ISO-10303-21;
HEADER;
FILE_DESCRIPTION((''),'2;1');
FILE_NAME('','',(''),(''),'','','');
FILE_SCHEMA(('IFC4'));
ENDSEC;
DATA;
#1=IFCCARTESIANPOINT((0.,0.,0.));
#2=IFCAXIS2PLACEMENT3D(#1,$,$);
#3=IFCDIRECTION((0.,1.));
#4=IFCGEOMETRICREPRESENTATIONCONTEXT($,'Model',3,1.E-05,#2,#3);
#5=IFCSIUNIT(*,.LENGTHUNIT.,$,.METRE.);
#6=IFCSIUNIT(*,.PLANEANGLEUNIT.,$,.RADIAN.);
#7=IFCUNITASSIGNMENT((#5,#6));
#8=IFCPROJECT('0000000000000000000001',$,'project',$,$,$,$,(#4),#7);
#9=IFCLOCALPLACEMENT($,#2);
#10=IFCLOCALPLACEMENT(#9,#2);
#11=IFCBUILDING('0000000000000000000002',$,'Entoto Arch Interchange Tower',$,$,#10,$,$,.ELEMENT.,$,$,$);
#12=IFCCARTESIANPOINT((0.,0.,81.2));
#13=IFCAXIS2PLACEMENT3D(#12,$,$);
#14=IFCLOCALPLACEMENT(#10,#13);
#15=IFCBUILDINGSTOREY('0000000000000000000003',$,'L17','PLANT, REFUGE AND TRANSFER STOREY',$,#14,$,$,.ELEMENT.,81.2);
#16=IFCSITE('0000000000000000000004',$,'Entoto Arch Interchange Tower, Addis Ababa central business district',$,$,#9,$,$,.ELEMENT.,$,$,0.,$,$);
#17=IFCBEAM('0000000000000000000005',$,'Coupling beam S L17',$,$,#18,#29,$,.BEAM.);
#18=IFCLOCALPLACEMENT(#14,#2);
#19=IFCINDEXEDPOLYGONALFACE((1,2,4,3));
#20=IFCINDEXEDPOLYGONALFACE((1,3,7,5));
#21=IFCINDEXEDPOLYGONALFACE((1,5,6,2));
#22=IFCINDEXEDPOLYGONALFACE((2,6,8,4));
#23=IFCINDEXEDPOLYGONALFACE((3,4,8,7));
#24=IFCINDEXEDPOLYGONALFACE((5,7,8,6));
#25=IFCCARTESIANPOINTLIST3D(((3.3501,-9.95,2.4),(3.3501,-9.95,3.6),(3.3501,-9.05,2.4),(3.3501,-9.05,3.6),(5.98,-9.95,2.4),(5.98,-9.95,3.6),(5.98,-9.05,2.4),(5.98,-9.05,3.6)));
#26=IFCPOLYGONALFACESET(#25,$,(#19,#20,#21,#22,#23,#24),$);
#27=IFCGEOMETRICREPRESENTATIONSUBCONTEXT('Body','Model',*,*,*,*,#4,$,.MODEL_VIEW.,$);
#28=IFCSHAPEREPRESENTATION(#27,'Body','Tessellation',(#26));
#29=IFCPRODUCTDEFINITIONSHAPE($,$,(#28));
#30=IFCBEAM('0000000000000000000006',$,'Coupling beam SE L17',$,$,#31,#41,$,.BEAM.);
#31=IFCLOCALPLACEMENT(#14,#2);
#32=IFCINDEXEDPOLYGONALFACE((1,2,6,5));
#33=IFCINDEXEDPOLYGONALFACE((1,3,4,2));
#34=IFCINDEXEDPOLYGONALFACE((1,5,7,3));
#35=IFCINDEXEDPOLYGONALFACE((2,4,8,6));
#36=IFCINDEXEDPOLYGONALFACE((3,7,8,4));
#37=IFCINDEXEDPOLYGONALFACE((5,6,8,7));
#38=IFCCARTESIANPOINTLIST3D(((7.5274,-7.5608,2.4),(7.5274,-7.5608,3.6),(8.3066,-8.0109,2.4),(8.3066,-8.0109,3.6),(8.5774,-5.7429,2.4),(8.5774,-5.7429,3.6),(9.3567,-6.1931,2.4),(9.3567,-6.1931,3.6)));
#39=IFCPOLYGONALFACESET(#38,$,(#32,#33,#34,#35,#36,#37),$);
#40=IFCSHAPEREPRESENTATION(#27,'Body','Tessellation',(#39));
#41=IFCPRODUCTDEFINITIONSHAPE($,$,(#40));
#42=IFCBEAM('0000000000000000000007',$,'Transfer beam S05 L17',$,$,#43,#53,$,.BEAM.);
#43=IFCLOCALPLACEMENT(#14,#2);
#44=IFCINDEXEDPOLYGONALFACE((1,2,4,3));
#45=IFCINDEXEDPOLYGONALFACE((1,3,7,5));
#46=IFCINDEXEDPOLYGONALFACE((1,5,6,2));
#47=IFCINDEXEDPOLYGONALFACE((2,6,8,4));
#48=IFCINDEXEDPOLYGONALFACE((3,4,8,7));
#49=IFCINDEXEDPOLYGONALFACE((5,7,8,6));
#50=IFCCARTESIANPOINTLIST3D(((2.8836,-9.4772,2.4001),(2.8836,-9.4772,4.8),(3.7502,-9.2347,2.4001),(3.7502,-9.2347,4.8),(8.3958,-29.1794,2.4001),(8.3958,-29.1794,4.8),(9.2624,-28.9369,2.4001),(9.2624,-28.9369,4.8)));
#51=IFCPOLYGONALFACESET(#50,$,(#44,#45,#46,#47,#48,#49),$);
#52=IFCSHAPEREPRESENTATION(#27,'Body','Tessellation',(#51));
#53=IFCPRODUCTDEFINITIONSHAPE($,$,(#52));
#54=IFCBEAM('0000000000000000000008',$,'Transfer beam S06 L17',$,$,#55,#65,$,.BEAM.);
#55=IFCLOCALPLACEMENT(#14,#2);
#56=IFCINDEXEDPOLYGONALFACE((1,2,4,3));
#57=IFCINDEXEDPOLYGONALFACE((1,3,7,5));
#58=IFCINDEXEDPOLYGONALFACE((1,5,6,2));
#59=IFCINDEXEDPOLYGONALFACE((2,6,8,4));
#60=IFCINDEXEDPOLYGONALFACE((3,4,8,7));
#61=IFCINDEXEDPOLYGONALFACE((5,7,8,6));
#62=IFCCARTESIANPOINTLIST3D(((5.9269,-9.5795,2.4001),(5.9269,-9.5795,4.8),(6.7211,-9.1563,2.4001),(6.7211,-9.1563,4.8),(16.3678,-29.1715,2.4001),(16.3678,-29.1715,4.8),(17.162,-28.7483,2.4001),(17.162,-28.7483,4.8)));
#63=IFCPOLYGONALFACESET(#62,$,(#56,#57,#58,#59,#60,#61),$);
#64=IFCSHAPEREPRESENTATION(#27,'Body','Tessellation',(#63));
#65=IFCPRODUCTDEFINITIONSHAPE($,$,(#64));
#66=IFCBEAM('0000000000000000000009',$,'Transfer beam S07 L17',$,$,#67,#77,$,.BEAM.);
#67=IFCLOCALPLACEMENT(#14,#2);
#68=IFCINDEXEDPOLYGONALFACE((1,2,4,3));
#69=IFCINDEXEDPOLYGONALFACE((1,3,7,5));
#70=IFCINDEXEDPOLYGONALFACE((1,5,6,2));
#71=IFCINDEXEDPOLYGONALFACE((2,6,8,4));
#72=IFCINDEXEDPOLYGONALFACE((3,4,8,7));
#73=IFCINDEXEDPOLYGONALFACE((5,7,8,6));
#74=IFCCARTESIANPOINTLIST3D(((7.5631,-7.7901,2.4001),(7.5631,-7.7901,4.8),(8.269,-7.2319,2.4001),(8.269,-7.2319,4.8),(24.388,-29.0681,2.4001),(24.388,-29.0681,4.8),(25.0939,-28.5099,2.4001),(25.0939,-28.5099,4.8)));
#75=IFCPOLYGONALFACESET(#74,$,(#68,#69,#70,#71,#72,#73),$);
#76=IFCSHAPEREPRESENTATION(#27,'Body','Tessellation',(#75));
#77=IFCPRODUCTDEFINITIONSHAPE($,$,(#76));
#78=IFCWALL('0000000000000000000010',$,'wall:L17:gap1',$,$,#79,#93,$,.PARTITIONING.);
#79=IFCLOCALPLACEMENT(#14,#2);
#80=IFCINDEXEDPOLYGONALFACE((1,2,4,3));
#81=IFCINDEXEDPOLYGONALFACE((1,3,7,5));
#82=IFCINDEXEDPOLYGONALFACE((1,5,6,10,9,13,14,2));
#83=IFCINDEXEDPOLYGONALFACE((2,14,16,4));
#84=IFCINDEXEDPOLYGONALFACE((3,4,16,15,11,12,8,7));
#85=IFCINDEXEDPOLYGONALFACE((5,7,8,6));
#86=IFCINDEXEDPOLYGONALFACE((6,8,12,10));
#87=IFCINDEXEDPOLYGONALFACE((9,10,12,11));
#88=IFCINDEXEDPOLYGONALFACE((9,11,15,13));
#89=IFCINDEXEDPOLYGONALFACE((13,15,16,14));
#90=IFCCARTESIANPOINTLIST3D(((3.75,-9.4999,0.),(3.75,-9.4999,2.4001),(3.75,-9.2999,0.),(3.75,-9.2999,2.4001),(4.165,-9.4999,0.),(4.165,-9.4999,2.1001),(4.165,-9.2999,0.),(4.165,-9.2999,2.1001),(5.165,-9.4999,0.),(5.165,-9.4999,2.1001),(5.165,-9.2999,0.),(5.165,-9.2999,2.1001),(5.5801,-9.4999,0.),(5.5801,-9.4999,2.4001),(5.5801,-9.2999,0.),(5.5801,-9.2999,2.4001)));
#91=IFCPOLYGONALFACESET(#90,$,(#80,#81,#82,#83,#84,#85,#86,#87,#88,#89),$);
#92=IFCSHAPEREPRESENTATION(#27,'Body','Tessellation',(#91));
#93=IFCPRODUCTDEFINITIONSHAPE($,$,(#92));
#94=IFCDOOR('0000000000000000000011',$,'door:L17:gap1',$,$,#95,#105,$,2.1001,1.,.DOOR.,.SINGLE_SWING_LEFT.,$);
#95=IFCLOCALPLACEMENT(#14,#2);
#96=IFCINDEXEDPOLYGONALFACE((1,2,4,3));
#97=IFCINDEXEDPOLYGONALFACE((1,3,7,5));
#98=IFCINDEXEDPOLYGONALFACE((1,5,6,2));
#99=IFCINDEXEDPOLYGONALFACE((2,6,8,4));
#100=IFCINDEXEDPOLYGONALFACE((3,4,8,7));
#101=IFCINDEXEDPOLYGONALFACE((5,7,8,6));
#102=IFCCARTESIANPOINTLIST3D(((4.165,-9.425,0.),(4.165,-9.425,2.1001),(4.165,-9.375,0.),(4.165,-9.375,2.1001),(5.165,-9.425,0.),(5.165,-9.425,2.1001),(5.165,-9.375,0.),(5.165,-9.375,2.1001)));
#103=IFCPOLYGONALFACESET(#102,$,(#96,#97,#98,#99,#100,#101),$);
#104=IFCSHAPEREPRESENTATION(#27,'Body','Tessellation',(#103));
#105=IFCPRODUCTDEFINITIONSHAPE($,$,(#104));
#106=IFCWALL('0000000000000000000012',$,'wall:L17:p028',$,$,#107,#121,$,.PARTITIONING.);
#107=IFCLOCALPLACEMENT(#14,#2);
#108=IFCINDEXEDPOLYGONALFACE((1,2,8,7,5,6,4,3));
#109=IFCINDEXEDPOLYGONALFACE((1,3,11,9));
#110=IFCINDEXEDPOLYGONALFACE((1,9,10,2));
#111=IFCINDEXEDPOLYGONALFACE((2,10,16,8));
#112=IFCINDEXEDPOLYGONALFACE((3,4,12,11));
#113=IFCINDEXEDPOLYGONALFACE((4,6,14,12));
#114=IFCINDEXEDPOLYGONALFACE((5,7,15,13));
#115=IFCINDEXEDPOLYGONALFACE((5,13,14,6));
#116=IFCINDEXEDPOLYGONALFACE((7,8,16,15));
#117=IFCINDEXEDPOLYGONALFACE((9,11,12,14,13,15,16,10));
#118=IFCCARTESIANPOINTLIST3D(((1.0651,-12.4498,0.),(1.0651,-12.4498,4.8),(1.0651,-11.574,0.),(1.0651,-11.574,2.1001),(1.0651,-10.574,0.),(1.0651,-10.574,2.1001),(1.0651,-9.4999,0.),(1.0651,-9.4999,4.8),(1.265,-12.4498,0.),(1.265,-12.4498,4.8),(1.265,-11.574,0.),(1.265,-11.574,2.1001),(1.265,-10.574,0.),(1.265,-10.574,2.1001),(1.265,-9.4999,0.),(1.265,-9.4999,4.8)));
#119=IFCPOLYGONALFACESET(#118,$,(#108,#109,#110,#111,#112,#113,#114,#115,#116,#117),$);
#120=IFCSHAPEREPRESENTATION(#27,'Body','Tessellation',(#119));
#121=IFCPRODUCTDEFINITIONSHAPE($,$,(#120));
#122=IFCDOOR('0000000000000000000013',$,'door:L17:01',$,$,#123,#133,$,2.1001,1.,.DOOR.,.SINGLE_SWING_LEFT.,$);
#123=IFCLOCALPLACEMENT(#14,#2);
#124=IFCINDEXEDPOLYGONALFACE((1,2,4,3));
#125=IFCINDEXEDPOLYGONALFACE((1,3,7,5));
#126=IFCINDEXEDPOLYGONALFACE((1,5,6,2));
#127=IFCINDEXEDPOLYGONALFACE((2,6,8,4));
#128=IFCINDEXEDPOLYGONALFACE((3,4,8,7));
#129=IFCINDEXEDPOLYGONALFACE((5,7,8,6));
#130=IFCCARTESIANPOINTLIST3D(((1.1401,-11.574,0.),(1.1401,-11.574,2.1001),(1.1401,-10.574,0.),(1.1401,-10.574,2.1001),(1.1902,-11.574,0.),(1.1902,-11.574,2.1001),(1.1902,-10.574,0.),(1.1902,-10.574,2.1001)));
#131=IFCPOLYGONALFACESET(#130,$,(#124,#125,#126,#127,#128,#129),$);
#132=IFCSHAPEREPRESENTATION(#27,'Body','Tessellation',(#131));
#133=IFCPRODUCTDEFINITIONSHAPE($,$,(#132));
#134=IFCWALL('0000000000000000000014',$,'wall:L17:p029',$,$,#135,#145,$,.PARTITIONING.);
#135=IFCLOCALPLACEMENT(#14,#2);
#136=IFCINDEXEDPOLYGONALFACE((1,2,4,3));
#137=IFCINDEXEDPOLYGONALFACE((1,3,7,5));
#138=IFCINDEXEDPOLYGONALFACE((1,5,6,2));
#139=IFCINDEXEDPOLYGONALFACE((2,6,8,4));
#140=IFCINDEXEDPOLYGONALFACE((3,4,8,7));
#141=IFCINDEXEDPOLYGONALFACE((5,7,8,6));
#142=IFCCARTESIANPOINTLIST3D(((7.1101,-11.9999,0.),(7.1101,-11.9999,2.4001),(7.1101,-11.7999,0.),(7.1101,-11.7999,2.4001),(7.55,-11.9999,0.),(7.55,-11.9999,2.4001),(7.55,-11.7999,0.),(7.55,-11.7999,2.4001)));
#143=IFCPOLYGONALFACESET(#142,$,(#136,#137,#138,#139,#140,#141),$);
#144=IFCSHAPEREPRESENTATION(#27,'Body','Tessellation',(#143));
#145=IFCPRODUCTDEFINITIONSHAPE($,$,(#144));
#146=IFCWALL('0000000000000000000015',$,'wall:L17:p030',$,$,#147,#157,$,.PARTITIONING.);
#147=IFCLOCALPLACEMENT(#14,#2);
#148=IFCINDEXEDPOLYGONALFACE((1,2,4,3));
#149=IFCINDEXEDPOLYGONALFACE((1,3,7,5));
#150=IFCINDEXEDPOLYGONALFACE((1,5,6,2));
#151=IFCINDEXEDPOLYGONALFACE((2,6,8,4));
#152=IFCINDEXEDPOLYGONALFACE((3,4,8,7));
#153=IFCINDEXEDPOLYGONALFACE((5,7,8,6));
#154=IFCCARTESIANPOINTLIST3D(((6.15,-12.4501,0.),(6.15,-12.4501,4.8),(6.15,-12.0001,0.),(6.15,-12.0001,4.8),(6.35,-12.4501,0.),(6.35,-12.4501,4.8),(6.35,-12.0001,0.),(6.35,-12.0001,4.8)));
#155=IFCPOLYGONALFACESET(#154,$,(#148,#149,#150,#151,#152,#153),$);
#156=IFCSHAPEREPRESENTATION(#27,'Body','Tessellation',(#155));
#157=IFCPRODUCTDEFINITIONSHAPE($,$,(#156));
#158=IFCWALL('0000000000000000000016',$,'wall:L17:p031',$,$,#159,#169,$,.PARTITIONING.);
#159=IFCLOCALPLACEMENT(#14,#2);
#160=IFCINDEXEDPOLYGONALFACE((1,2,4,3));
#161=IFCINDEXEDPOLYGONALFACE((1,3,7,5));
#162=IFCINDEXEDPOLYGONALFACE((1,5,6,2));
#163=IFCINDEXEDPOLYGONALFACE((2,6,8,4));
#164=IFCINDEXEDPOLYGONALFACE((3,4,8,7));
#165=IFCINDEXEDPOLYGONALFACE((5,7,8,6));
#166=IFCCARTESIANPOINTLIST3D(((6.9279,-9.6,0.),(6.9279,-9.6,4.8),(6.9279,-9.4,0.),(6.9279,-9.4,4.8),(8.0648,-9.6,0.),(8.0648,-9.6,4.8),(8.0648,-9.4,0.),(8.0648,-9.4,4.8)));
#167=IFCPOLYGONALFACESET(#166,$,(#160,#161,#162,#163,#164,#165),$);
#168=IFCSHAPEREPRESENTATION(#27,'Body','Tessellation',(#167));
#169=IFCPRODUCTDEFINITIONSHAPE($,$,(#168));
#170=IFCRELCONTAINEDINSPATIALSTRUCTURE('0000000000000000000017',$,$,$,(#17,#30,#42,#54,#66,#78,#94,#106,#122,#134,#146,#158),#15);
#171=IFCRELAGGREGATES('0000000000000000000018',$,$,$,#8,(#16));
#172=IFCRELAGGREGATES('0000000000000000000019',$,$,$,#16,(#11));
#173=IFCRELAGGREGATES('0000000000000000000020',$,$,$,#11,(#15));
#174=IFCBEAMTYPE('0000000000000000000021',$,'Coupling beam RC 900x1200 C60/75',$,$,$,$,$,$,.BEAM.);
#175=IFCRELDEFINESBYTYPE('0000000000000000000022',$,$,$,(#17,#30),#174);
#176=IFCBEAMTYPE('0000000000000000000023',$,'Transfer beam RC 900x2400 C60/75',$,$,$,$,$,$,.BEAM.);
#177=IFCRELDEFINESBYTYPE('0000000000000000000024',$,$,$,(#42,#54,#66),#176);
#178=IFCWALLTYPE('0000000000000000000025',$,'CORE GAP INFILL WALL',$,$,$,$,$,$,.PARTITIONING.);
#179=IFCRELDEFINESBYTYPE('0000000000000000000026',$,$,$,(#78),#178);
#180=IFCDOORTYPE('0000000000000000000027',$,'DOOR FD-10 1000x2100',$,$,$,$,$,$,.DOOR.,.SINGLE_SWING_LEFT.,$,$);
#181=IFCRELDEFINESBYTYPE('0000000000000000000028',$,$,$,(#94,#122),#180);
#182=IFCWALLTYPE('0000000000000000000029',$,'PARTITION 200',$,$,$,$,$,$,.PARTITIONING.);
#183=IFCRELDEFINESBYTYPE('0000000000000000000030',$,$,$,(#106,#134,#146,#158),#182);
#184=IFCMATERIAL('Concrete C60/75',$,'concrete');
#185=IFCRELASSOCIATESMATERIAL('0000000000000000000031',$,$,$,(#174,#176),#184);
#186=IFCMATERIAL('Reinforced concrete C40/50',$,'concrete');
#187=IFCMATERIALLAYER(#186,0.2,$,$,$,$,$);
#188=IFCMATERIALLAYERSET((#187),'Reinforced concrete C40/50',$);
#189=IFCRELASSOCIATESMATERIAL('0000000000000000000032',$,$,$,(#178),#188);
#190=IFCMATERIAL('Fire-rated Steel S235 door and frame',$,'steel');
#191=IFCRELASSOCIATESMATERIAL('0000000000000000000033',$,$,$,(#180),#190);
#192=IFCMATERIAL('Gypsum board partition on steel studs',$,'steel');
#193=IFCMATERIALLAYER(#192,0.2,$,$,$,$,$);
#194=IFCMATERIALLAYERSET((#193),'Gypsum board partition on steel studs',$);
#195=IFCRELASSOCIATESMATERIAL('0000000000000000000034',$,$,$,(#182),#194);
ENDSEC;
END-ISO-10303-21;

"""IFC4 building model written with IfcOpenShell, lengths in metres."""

from ifc_helpers import new_model, si_unit, direction, frame, frame_2d, origin, origin_2d, place, context, subcontext, project, spatial, rectangle, extrude, material, layer, layer_set, material_profile, profile_set, type_object, element, fill, save


model = new_model("IFC4")

# Units and contexts
model_context = context("Model", 3, precision=1e-05, world=origin(), true_north=direction((0.0, 1.0)))
body_context = subcontext(model_context, "Body", "Model", "MODEL_VIEW")
ifc_project = project(units=[si_unit("LENGTHUNIT", "METRE"), si_unit("PLANEANGLEUNIT", "RADIAN")], contexts=[model_context])

# Site, building, storey
site_placement = place(None, origin())
site = spatial("IfcSite", under=ifc_project, at=site_placement, Name="Entoto Arch Interchange Tower, Addis Ababa central business district", CompositionType="ELEMENT", RefElevation=0.0)
building_placement = place(site_placement, origin())
building = spatial("IfcBuilding", under=site, at=building_placement, Name="Entoto Arch Interchange Tower", CompositionType="ELEMENT")
storey_placement = place(building_placement, frame((0.0, 0.0, 81.2)))
storey = spatial("IfcBuildingStorey", under=building, at=storey_placement, Name="L17", Description="PLANT, REFUGE AND TRANSFER STOREY", CompositionType="ELEMENT", Elevation=81.2)

# Beams
ifc_material_1 = material(Name="Concrete C60/75", Category="concrete")
ifc_material_profile_1 = material_profile(ifc_material_1, rectangle(XDim=0.8999, YDim=1.2, at=origin_2d()))
ifc_profile_set_1 = profile_set([ifc_material_profile_1], Name="Concrete C60/75")
beam_type_1 = type_object("IfcBeamType", Name="Coupling beam RC 900x1200 C60/75", PredefinedType="BEAM", material=ifc_profile_set_1)
beam_1_placement = place(storey_placement, frame((3.3501, -9.5, 3.0), z_axis=(1.0, 0.0, 0.0), x_axis=(0.0, 1.0, 0.0)))
element("IfcBeam", 1, at=beam_1_placement, inside=storey, type_object=beam_type_1, Name="Coupling beam S L17", PredefinedType="BEAM", context=body_context, shape_type="SweptSolid", body=[
    extrude(rectangle(XDim=0.8999, YDim=1.2, at=origin_2d()), origin(), (0.0, 0.0, 1.0), 2.6299),
])
beam_2_placement = place(storey_placement, frame((7.917, -7.7859, 3.0), z_axis=(0.500179, 0.865922, 0.0), x_axis=(-0.865922, 0.500179, 0.0)))
element("IfcBeam", 2, at=beam_2_placement, inside=storey, type_object=beam_type_1, Name="Coupling beam SE L17", PredefinedType="BEAM", context=body_context, shape_type="SweptSolid", body=[
    extrude(rectangle(XDim=0.8999, YDim=1.2, at=origin_2d()), origin(), (0.0, 0.0, 1.0), 2.0994),
])
ifc_material_profile_2 = material_profile(ifc_material_1, rectangle(XDim=0.8999, YDim=2.3999, at=origin_2d()))
ifc_profile_set_2 = profile_set([ifc_material_profile_2], Name="Concrete C60/75")
beam_type_2 = type_object("IfcBeamType", Name="Transfer beam RC 900x2400 C60/75", PredefinedType="BEAM", material=ifc_profile_set_2)
beam_3_placement = place(storey_placement, frame((3.3169, -9.356, 3.6001), z_axis=(0.269431, -0.96302, 0.0), x_axis=(0.96302, 0.269431, 0.0)))
element("IfcBeam", 3, at=beam_3_placement, inside=storey, type_object=beam_type_2, Name="Transfer beam S05 L17", PredefinedType="BEAM", context=body_context, shape_type="SweptSolid", body=[
    extrude(rectangle(XDim=0.8999, YDim=2.3999, at=origin_2d()), origin(), (0.0, 0.0, 1.0), 20.4587),
])
beam_4_placement = place(storey_placement, frame((6.324, -9.3679, 3.6001), z_axis=(0.470302, -0.882506, 0.0), x_axis=(0.882506, 0.470302, 0.0)))
element("IfcBeam", 4, at=beam_4_placement, inside=storey, type_object=beam_type_2, Name="Transfer beam S06 L17", PredefinedType="BEAM", context=body_context, shape_type="SweptSolid", body=[
    extrude(rectangle(XDim=0.8999, YDim=2.3999, at=origin_2d()), origin(), (0.0, 0.0, 1.0), 22.2004),
])
beam_5_placement = place(storey_placement, frame((7.916, -7.511, 3.6001), z_axis=(0.620245, -0.784408, 0.0), x_axis=(0.784408, 0.620245, 0.0)))
element("IfcBeam", 5, at=beam_5_placement, inside=storey, type_object=beam_type_2, Name="Transfer beam S07 L17", PredefinedType="BEAM", context=body_context, shape_type="SweptSolid", body=[
    extrude(rectangle(XDim=0.8999, YDim=2.3999, at=origin_2d()), origin(), (0.0, 0.0, 1.0), 27.1262),
])

# Walls, openings, doors
ifc_material_2 = material(Name="Reinforced concrete C40/50", Category="concrete")
ifc_layer_1 = layer(ifc_material_2, 0.2)
ifc_layer_set_1 = layer_set([ifc_layer_1], Name="Reinforced concrete C40/50")
wall_type_1 = type_object("IfcWallType", Name="CORE GAP INFILL WALL", PredefinedType="PARTITIONING", material=ifc_layer_set_1)
wall_1_placement = place(storey_placement, frame((3.75, -9.3999, 0.0), z_axis=(0.0, 0.0, 1.0), x_axis=(1.0, 0.0, 0.0)))
wall_1 = element("IfcWall", 6, at=wall_1_placement, inside=storey, type_object=wall_type_1, Name="wall:L17:gap1", PredefinedType="PARTITIONING", context=body_context, shape_type="SweptSolid", body=[
    extrude(rectangle(XDim=1.8301, YDim=0.2, at=frame_2d((0.915, 0.0))), origin(), (0.0, 0.0, 1.0), 2.4001),
])
opening_1_placement = place(wall_1_placement, frame((0.415, 0.0, 0.0)))
opening_1 = element("IfcOpeningElement", 7, at=opening_1_placement, cuts=wall_1, PredefinedType="OPENING", context=body_context, shape_type="SweptSolid", body=[
    extrude(rectangle(XDim=1.0, YDim=2.1001, at=frame_2d((0.5, 1.05))), frame((0.0, 0.1099, 0.0), z_axis=(0.0, -1.0, 0.0), x_axis=(1.0, 0.0, 0.0)), (0.0, 0.0, 1.0), 0.22),
])
ifc_material_3 = material(Name="Fire-rated Steel S235 door and frame", Category="steel")
door_type_1 = type_object("IfcDoorType", Name="DOOR FD-10 1000x2100", OperationType="SINGLE_SWING_LEFT", PredefinedType="DOOR", material=ifc_material_3)
door_1_placement = place(opening_1_placement, origin())
door_1 = element("IfcDoor", 8, at=door_1_placement, inside=storey, type_object=door_type_1, Name="door:L17:gap1", OperationType="SINGLE_SWING_LEFT", OverallHeight=2.1001, OverallWidth=1.0, PredefinedType="DOOR", context=body_context, shape_type="SweptSolid", body=[
    extrude(rectangle(XDim=1.0, YDim=2.1001, at=frame_2d((0.5, 1.05))), frame((0.0, 0.0249, 0.0), z_axis=(0.0, -1.0, 0.0), x_axis=(1.0, 0.0, 0.0)), (0.0, 0.0, 1.0), 0.05),
])
fill(opening_1, door_1)
ifc_material_4 = material(Name="Gypsum board partition on steel studs", Category="steel")
ifc_layer_2 = layer(ifc_material_4, 0.2)
ifc_layer_set_2 = layer_set([ifc_layer_2], Name="Gypsum board partition on steel studs")
wall_type_2 = type_object("IfcWallType", Name="PARTITION 200", PredefinedType="PARTITIONING", material=ifc_layer_set_2)
wall_2_placement = place(storey_placement, frame((1.165, -12.45, 0.0), z_axis=(0.0, 0.0, 1.0), x_axis=(0.0, 1.0, 0.0)))
wall_2 = element("IfcWall", 9, at=wall_2_placement, inside=storey, type_object=wall_type_2, Name="wall:L17:p028", PredefinedType="PARTITIONING", context=body_context, shape_type="SweptSolid", body=[
    extrude(rectangle(XDim=2.95, YDim=0.2, at=frame_2d((1.4751, 0.0))), origin(), (0.0, 0.0, 1.0), 4.8),
])
opening_2_placement = place(wall_2_placement, frame((0.876, 0.0, 0.0)))
opening_2 = element("IfcOpeningElement", 10, at=opening_2_placement, cuts=wall_2, PredefinedType="OPENING", context=body_context, shape_type="SweptSolid", body=[
    extrude(rectangle(XDim=1.0, YDim=2.1001, at=frame_2d((0.5, 1.05))), frame((0.0, 0.1099, 0.0), z_axis=(0.0, -1.0, 0.0), x_axis=(1.0, 0.0, 0.0)), (0.0, 0.0, 1.0), 0.22),
])
door_2_placement = place(opening_2_placement, origin())
door_2 = element("IfcDoor", 11, at=door_2_placement, inside=storey, type_object=door_type_1, Name="door:L17:01", OperationType="SINGLE_SWING_LEFT", OverallHeight=2.1001, OverallWidth=1.0, PredefinedType="DOOR", context=body_context, shape_type="SweptSolid", body=[
    extrude(rectangle(XDim=1.0, YDim=2.1001, at=frame_2d((0.5, 1.05))), frame((0.0, 0.0249, 0.0), z_axis=(0.0, -1.0, 0.0), x_axis=(1.0, 0.0, 0.0)), (0.0, 0.0, 1.0), 0.05),
])
fill(opening_2, door_2)

# Walls
wall_3_placement = place(storey_placement, frame((7.55, -11.8999, 0.0), z_axis=(0.0, 0.0, 1.0), x_axis=(-1.0, 0.0, 0.0)))
element("IfcWall", 12, at=wall_3_placement, inside=storey, type_object=wall_type_2, Name="wall:L17:p029", PredefinedType="PARTITIONING", context=body_context, shape_type="SweptSolid", body=[
    extrude(rectangle(XDim=0.4399, YDim=0.2, at=frame_2d((0.22, 0.0))), origin(), (0.0, 0.0, 1.0), 2.4001),
])
wall_4_placement = place(storey_placement, frame((6.25, -12.0, 0.0), z_axis=(0.0, 0.0, 1.0), x_axis=(0.0, -1.0, 0.0)))
element("IfcWall", 13, at=wall_4_placement, inside=storey, type_object=wall_type_2, Name="wall:L17:p030", PredefinedType="PARTITIONING", context=body_context, shape_type="SweptSolid", body=[
    extrude(rectangle(XDim=0.45, YDim=0.2, at=frame_2d((0.2251, 0.0))), origin(), (0.0, 0.0, 1.0), 4.8),
])
wall_5_placement = place(storey_placement, frame((6.928, -9.5, 0.0), z_axis=(0.0, 0.0, 1.0), x_axis=(1.0, 0.0, 0.0)))
element("IfcWall", 14, at=wall_5_placement, inside=storey, type_object=wall_type_2, Name="wall:L17:p031", PredefinedType="PARTITIONING", context=body_context, shape_type="SweptSolid", body=[
    extrude(rectangle(XDim=1.137, YDim=0.2, at=frame_2d((0.5684, 0.0))), origin(), (0.0, 0.0, 1.0), 4.8),
])

save(model, "model.ifc")
